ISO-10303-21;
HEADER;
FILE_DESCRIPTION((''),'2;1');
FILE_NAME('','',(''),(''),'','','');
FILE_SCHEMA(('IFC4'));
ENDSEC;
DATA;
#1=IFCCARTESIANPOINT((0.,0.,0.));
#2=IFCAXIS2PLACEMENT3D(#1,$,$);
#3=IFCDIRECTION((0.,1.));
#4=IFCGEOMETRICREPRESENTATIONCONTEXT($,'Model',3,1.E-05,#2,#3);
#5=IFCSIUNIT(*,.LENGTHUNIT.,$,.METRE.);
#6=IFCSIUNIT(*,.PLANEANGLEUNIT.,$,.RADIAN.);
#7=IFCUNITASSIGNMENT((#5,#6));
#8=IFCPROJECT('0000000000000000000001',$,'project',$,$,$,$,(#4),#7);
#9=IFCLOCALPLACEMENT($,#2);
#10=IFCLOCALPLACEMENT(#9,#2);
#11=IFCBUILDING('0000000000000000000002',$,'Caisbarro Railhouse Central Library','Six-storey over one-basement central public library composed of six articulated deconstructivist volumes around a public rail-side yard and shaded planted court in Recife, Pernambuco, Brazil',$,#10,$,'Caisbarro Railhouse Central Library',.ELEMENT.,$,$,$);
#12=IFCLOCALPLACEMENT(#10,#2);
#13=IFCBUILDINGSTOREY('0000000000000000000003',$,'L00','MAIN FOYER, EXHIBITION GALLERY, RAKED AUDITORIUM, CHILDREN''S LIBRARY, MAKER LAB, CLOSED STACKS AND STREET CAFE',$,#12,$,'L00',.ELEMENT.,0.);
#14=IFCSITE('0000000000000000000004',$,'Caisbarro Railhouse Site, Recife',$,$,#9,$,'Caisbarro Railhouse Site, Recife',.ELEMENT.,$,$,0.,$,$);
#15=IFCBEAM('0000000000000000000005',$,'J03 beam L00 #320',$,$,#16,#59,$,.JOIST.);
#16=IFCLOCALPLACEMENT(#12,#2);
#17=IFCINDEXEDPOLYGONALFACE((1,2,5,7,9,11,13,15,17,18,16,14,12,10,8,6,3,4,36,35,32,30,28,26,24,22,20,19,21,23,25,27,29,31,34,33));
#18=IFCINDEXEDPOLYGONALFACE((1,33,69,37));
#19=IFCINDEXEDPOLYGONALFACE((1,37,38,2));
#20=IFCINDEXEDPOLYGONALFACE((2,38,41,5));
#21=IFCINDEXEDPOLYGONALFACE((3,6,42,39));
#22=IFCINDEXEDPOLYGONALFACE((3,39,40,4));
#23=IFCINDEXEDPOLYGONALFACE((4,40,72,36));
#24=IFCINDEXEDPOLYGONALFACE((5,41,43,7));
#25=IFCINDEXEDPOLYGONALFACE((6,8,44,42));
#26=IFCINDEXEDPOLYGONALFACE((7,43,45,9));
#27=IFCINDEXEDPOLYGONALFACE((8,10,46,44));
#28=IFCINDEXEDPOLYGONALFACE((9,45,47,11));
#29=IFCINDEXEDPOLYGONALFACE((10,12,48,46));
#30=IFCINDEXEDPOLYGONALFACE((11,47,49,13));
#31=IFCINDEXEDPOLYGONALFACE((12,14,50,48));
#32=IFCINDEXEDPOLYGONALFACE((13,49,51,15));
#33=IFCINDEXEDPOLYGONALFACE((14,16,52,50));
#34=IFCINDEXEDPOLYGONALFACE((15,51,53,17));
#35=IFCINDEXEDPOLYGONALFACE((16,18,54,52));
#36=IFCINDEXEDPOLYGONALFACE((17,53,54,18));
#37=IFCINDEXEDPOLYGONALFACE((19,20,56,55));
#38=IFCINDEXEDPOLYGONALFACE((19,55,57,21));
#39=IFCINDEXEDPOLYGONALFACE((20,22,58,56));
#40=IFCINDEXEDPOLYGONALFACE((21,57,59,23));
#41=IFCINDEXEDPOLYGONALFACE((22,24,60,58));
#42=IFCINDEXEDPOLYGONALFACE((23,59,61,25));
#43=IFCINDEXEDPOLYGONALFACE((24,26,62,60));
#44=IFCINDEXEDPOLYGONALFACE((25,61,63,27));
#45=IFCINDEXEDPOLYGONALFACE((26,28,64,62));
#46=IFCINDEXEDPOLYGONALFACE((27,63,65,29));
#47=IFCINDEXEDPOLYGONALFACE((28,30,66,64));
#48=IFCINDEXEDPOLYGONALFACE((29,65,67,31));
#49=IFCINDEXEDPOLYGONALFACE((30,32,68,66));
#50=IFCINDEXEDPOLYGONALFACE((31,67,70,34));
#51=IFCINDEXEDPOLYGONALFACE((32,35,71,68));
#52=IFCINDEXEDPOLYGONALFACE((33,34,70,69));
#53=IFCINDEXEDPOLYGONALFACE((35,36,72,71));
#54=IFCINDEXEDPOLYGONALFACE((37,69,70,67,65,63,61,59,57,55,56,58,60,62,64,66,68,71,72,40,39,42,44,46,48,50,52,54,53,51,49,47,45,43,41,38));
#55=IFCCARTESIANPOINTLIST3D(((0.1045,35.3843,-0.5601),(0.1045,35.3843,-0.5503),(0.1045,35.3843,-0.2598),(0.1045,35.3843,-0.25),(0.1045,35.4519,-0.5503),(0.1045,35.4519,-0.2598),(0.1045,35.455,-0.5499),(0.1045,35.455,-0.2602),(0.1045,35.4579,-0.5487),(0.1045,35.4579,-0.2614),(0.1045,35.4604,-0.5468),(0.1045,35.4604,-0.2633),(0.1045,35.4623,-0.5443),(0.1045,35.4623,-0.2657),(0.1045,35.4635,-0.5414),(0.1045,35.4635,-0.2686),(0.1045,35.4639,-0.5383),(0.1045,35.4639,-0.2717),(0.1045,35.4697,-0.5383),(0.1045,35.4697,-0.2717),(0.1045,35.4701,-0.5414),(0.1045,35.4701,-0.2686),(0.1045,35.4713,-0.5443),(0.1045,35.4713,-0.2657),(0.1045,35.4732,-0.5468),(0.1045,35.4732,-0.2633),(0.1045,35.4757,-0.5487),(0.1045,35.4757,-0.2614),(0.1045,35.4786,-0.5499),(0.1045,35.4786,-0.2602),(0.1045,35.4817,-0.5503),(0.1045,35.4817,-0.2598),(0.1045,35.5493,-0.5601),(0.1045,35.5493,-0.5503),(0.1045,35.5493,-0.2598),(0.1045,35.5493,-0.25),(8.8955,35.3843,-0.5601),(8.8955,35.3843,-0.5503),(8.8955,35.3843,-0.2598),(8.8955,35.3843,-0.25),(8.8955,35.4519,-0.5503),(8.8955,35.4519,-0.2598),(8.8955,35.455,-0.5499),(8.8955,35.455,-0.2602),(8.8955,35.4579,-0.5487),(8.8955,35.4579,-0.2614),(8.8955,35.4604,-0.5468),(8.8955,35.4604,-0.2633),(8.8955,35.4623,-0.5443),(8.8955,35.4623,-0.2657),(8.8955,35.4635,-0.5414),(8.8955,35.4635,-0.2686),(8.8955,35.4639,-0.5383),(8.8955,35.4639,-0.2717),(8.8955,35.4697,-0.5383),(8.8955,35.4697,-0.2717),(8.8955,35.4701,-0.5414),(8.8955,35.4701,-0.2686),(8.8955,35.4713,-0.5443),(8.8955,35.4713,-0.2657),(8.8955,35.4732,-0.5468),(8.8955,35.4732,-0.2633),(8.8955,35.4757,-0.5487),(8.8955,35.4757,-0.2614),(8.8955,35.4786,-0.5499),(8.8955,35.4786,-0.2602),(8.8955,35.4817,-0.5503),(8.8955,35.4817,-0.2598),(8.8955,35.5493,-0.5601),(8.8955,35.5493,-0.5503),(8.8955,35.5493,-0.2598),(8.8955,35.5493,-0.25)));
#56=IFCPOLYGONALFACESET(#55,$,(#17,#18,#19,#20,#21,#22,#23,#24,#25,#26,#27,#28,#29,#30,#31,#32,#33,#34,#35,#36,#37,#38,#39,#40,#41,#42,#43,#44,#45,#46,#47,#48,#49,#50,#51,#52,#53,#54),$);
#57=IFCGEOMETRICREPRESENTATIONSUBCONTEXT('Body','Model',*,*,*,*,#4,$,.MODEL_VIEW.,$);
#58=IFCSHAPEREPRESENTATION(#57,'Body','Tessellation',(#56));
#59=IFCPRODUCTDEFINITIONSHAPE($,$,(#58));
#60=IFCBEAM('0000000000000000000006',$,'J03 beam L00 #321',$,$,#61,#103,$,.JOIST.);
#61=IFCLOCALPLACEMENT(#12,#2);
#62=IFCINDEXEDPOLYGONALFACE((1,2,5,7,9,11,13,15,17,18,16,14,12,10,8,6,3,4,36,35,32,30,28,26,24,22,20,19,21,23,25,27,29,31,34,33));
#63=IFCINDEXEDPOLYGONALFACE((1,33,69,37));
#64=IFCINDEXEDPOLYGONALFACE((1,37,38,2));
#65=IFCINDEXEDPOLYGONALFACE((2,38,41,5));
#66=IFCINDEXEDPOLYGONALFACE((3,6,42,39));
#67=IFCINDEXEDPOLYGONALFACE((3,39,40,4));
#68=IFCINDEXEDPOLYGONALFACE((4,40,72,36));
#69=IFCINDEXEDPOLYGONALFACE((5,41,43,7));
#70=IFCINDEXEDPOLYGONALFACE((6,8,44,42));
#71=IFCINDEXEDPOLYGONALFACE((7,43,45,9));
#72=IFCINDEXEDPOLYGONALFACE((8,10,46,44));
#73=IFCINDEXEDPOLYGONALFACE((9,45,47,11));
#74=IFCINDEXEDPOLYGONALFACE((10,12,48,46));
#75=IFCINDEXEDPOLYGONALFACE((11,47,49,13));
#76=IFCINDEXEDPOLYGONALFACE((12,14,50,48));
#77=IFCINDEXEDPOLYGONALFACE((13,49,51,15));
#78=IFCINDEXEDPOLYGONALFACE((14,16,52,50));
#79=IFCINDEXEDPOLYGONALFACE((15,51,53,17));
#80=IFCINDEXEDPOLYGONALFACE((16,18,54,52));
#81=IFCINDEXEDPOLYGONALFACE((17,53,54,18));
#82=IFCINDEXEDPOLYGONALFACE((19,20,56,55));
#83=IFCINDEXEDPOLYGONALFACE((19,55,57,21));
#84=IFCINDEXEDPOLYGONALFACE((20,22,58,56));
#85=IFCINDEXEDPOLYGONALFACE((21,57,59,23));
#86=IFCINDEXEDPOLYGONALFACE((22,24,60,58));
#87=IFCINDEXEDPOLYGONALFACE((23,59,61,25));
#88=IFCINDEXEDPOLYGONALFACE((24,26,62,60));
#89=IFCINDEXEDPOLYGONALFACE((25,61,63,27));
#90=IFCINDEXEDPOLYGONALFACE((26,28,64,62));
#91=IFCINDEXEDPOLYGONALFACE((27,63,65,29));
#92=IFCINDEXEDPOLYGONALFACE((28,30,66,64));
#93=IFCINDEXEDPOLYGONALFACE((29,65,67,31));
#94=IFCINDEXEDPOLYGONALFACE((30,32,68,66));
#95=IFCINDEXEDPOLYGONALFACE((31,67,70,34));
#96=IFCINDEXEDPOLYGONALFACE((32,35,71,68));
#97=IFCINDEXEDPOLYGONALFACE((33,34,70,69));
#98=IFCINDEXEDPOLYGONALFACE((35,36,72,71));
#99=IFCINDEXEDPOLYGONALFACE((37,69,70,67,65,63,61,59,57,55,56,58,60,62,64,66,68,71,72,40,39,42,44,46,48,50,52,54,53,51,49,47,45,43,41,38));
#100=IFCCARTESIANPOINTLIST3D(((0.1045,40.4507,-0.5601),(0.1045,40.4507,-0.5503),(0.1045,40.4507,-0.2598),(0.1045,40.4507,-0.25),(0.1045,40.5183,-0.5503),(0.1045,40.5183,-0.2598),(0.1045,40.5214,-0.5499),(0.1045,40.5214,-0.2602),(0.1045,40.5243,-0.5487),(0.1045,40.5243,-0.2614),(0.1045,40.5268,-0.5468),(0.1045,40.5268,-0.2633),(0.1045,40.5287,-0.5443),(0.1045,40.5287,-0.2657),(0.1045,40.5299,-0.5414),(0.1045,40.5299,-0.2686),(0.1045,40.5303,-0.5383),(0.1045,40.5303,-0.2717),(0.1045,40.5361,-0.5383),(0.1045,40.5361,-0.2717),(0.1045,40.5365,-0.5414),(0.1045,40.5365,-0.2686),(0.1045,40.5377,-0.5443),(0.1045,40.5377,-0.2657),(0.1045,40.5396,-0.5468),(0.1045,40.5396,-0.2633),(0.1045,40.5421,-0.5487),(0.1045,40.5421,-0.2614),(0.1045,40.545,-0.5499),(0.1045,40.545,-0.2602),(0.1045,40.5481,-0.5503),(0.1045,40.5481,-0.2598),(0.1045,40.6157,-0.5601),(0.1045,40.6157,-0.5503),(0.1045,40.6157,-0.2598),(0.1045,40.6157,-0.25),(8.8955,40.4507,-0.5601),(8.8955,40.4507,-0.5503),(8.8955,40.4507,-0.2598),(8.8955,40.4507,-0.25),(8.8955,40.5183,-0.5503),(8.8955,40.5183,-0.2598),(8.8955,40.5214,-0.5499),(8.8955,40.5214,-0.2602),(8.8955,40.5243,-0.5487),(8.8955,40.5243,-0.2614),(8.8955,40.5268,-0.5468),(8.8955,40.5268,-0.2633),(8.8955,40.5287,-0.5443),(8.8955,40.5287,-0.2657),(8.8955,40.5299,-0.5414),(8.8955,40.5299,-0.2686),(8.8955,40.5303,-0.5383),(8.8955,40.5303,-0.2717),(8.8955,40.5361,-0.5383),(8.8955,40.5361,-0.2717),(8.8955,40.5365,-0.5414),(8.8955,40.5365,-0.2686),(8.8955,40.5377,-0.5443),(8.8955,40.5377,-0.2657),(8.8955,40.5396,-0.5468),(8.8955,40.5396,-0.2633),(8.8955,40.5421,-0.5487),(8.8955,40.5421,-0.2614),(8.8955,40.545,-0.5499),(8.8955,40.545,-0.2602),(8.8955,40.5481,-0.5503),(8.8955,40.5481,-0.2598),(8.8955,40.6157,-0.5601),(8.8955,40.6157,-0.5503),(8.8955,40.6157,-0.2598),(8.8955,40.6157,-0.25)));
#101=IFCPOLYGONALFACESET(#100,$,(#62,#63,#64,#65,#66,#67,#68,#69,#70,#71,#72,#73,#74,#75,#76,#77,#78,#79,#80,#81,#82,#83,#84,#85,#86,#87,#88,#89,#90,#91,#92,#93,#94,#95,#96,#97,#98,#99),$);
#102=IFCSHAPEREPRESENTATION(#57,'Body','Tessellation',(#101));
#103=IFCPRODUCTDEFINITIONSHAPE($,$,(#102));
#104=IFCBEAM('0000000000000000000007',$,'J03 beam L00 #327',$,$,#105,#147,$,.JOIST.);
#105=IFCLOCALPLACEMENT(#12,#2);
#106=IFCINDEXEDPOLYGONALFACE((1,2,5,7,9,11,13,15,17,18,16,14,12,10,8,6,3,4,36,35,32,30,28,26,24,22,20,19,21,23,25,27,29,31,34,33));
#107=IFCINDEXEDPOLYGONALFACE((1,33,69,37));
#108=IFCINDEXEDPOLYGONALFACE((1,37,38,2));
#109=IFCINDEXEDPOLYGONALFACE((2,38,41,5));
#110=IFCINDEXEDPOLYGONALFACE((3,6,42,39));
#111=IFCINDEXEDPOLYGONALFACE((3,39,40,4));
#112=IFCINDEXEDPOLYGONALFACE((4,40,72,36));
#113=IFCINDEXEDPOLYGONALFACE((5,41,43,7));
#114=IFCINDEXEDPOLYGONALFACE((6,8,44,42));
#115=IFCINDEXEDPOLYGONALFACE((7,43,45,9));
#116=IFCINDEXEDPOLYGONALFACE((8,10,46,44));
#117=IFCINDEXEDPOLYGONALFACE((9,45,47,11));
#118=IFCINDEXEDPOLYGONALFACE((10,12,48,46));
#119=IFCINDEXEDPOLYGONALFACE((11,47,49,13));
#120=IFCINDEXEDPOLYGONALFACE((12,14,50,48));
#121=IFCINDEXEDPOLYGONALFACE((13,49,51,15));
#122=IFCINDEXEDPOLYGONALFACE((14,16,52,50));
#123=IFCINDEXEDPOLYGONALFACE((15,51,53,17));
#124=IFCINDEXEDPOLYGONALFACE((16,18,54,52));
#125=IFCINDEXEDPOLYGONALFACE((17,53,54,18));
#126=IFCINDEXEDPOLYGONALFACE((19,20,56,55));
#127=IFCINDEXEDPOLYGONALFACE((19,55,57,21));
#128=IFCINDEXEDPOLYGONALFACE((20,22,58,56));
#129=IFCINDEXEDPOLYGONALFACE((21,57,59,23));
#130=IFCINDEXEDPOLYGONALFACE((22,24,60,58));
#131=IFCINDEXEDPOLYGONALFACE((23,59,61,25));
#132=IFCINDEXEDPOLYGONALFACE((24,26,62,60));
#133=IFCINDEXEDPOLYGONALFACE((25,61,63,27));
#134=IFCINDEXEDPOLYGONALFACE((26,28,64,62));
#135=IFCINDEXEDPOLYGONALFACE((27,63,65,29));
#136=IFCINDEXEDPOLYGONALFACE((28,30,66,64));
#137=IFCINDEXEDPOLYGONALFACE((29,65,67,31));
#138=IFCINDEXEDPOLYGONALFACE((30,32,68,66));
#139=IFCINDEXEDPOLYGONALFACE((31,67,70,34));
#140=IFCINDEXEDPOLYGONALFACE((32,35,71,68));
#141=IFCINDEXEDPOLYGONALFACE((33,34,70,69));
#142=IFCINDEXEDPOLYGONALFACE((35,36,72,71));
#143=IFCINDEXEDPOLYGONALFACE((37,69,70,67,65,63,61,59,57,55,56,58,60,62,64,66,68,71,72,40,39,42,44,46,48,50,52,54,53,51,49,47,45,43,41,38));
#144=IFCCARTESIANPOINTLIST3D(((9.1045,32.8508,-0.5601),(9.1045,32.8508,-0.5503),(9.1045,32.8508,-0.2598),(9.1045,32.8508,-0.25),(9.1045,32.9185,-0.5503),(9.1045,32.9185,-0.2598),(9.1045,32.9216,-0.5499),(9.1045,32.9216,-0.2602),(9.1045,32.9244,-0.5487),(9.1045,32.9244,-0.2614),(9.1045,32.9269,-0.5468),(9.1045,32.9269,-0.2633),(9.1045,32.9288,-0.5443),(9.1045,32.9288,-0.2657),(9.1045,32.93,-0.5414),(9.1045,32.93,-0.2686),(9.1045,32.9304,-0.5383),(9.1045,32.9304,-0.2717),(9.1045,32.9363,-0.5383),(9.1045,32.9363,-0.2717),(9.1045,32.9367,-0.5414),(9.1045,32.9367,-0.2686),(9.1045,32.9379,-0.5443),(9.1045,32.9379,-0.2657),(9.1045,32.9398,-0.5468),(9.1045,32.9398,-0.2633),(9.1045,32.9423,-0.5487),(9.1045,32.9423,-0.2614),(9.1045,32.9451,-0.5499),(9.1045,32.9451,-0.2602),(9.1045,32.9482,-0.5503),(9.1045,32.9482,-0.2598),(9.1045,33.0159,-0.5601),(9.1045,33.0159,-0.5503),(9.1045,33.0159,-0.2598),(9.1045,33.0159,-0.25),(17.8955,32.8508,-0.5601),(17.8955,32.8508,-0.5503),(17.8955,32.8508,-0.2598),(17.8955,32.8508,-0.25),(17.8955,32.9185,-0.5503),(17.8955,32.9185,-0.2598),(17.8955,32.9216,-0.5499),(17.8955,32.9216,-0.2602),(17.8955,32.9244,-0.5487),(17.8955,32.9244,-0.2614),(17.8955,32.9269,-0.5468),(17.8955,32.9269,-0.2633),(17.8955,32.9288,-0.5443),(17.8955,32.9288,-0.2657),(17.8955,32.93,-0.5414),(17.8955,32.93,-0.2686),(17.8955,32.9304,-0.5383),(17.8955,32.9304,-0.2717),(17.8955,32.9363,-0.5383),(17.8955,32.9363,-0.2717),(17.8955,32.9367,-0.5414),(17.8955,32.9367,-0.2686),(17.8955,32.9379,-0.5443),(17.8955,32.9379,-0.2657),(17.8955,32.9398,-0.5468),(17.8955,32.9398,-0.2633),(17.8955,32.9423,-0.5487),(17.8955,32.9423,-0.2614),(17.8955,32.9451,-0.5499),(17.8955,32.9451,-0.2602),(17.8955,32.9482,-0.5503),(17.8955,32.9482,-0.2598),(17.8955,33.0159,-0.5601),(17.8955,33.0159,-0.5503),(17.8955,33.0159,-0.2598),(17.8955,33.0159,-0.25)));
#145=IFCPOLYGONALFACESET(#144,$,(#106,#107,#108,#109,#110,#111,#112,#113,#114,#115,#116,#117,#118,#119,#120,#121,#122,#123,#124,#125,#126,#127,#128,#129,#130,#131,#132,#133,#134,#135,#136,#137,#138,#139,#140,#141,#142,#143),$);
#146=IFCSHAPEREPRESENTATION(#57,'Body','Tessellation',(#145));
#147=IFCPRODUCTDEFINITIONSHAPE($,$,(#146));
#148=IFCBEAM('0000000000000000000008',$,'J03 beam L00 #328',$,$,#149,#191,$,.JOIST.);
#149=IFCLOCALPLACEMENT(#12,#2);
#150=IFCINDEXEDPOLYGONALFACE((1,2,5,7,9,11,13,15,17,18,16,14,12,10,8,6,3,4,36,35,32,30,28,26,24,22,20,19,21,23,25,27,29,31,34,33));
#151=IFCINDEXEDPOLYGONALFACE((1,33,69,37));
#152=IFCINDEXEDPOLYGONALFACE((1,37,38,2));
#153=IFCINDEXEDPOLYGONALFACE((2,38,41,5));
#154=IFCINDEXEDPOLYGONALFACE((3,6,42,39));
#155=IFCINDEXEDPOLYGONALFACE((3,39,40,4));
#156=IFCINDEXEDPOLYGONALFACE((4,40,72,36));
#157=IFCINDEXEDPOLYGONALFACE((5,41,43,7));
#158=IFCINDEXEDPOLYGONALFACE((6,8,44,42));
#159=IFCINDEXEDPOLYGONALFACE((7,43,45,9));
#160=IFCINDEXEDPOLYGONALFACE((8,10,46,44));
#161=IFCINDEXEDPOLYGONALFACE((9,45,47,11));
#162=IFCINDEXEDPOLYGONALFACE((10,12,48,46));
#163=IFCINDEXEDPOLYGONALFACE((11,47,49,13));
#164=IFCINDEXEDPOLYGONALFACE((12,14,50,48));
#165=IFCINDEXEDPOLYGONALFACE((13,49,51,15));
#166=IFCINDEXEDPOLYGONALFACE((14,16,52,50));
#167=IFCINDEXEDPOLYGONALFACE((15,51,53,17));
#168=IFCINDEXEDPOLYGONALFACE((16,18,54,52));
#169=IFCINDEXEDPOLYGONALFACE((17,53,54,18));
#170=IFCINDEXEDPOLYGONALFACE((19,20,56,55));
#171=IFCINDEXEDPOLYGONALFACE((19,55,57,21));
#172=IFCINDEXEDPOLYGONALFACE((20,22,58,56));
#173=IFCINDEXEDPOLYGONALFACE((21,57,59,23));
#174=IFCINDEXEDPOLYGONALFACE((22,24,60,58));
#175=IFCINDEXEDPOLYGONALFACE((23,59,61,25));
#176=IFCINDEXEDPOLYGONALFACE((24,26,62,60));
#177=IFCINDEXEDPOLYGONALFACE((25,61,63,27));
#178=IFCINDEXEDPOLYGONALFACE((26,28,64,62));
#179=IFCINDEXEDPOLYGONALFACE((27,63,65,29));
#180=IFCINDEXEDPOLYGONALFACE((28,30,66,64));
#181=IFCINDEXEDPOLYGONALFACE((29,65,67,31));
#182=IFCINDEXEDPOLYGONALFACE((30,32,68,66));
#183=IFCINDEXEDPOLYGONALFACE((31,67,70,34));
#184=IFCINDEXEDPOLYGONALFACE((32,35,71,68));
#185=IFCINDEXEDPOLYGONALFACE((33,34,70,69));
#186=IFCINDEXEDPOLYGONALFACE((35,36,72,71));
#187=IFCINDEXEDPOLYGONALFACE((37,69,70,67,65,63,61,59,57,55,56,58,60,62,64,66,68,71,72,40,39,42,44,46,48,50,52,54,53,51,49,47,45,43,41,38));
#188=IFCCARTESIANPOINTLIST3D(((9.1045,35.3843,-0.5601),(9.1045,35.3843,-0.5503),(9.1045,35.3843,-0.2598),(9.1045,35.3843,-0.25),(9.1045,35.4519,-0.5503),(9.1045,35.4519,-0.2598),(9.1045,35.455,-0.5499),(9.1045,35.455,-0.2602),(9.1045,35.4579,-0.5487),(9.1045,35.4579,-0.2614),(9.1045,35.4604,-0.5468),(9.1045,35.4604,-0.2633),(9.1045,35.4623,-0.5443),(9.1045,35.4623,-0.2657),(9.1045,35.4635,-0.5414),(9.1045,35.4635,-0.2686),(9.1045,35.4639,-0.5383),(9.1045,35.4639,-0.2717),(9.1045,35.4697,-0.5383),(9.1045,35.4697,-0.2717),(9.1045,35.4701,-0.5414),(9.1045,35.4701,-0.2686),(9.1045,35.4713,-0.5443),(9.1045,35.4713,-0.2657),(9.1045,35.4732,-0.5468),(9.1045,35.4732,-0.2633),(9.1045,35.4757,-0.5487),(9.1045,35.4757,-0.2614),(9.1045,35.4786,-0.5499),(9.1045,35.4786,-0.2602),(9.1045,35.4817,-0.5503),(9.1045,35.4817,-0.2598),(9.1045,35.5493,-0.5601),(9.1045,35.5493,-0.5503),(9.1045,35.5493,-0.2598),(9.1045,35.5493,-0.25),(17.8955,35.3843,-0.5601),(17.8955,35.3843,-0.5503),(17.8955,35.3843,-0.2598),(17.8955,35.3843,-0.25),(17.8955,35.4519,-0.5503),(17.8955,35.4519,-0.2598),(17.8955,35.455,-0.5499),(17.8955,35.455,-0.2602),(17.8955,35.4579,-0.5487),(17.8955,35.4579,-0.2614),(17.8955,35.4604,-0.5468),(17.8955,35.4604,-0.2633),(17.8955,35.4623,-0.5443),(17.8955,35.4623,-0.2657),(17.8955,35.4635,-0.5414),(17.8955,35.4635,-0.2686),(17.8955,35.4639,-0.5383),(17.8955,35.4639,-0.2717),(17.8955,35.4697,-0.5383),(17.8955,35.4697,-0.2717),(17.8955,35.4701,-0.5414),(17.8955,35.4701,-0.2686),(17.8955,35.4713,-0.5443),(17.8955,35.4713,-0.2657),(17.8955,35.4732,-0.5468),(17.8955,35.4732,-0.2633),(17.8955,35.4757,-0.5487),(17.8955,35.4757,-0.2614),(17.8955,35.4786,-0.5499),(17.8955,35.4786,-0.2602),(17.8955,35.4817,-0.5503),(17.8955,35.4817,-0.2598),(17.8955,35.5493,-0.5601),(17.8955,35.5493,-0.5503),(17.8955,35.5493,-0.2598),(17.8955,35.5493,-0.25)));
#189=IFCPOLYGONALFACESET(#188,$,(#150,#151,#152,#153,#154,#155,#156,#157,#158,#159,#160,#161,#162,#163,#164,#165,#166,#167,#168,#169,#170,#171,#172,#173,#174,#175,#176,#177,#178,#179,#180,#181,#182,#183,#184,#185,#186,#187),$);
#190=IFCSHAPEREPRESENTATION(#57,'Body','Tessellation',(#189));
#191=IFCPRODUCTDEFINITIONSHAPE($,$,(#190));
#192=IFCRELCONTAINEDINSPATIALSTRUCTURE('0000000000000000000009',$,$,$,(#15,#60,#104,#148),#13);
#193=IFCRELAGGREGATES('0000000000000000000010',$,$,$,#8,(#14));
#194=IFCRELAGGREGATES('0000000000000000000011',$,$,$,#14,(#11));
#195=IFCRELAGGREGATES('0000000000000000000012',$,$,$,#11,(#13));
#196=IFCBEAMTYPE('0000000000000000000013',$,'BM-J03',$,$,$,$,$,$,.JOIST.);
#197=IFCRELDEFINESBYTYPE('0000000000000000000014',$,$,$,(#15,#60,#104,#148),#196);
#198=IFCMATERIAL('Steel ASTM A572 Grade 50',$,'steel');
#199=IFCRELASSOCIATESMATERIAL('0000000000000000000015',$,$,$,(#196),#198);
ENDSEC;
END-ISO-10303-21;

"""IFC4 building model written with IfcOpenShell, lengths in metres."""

from ifc_helpers import new_model, si_unit, direction, frame, origin, origin_2d, place, context, subcontext, project, spatial, i_section, extrude, material, material_profile, profile_set, type_object, element, save


model = new_model("IFC4")

# Units and contexts
model_context = context("Model", 3, precision=1e-05, world=origin(), true_north=direction((0.0, 1.0)))
body_context = subcontext(model_context, "Body", "Model", "MODEL_VIEW")
ifc_project = project(units=[si_unit("LENGTHUNIT", "METRE"), si_unit("PLANEANGLEUNIT", "RADIAN")], contexts=[model_context])

# Site, building, storey
site_placement = place(None, origin())
site = spatial("IfcSite", under=ifc_project, at=site_placement, Name="Caisbarro Railhouse Site, Recife", LongName="Caisbarro Railhouse Site, Recife", CompositionType="ELEMENT", RefElevation=0.0)
building_placement = place(site_placement, origin())
building = spatial("IfcBuilding", under=site, at=building_placement, Name="Caisbarro Railhouse Central Library", Description="Six-storey over one-basement central public library composed of six articulated deconstructivist volumes around a public rail-side yard and shaded planted court in Recife, Pernambuco, Brazil", LongName="Caisbarro Railhouse Central Library", CompositionType="ELEMENT")
storey_placement = place(building_placement, origin())
storey = spatial("IfcBuildingStorey", under=building, at=storey_placement, Name="L00", Description="MAIN FOYER, EXHIBITION GALLERY, RAKED AUDITORIUM, CHILDREN'S LIBRARY, MAKER LAB, CLOSED STACKS AND STREET CAFE", LongName="L00", CompositionType="ELEMENT", Elevation=0.0)

# Shared definitions
ifc_material_1 = material(Name="Steel ASTM A572 Grade 50", Category="steel")

# Beams
ifc_material_profile_1 = material_profile(ifc_material_1, i_section(OverallWidth=0.165, OverallDepth=0.3101, WebThickness=0.0059, FlangeThickness=0.0098, FilletRadius=0.012, at=origin_2d()), Name="W310X38.7")
ifc_profile_set_1 = profile_set([ifc_material_profile_1], Name="Steel ASTM A572 Grade 50")
beam_type_1 = type_object("IfcBeamType", Name="BM-J03", PredefinedType="JOIST", material=ifc_profile_set_1)
for number, where, z_axis, x_axis, name in (
    (1, (0.1045, 35.4668, -0.405), (1.0, 0.0, 0.0), (0.0, 1.0, 0.0), "J03 beam L00 #320"),
    (2, (0.1045, 40.5332, -0.405), (1.0, 0.0, 0.0), (0.0, 1.0, 0.0), "J03 beam L00 #321"),
    (3, (9.1045, 32.9333, -0.405), (1.0, 0.0, 0.0), (0.0, 1.0, 0.0), "J03 beam L00 #327"),
    (4, (9.1045, 35.4668, -0.405), (1.0, 0.0, 0.0), (0.0, 1.0, 0.0), "J03 beam L00 #328"),
):
    element("IfcBeam", number, at=place(storey_placement, frame(where, z_axis=z_axis, x_axis=x_axis)), inside=storey, type_object=beam_type_1, Name=name, PredefinedType="JOIST", context=body_context, shape_type="SweptSolid", body=[
        extrude(i_section(OverallWidth=0.165, OverallDepth=0.3101, WebThickness=0.0059, FlangeThickness=0.0098, FilletRadius=0.012, at=origin_2d()), origin(), (0.0, 0.0, 1.0), 8.791),
    ])

save(model, "model.ifc")
